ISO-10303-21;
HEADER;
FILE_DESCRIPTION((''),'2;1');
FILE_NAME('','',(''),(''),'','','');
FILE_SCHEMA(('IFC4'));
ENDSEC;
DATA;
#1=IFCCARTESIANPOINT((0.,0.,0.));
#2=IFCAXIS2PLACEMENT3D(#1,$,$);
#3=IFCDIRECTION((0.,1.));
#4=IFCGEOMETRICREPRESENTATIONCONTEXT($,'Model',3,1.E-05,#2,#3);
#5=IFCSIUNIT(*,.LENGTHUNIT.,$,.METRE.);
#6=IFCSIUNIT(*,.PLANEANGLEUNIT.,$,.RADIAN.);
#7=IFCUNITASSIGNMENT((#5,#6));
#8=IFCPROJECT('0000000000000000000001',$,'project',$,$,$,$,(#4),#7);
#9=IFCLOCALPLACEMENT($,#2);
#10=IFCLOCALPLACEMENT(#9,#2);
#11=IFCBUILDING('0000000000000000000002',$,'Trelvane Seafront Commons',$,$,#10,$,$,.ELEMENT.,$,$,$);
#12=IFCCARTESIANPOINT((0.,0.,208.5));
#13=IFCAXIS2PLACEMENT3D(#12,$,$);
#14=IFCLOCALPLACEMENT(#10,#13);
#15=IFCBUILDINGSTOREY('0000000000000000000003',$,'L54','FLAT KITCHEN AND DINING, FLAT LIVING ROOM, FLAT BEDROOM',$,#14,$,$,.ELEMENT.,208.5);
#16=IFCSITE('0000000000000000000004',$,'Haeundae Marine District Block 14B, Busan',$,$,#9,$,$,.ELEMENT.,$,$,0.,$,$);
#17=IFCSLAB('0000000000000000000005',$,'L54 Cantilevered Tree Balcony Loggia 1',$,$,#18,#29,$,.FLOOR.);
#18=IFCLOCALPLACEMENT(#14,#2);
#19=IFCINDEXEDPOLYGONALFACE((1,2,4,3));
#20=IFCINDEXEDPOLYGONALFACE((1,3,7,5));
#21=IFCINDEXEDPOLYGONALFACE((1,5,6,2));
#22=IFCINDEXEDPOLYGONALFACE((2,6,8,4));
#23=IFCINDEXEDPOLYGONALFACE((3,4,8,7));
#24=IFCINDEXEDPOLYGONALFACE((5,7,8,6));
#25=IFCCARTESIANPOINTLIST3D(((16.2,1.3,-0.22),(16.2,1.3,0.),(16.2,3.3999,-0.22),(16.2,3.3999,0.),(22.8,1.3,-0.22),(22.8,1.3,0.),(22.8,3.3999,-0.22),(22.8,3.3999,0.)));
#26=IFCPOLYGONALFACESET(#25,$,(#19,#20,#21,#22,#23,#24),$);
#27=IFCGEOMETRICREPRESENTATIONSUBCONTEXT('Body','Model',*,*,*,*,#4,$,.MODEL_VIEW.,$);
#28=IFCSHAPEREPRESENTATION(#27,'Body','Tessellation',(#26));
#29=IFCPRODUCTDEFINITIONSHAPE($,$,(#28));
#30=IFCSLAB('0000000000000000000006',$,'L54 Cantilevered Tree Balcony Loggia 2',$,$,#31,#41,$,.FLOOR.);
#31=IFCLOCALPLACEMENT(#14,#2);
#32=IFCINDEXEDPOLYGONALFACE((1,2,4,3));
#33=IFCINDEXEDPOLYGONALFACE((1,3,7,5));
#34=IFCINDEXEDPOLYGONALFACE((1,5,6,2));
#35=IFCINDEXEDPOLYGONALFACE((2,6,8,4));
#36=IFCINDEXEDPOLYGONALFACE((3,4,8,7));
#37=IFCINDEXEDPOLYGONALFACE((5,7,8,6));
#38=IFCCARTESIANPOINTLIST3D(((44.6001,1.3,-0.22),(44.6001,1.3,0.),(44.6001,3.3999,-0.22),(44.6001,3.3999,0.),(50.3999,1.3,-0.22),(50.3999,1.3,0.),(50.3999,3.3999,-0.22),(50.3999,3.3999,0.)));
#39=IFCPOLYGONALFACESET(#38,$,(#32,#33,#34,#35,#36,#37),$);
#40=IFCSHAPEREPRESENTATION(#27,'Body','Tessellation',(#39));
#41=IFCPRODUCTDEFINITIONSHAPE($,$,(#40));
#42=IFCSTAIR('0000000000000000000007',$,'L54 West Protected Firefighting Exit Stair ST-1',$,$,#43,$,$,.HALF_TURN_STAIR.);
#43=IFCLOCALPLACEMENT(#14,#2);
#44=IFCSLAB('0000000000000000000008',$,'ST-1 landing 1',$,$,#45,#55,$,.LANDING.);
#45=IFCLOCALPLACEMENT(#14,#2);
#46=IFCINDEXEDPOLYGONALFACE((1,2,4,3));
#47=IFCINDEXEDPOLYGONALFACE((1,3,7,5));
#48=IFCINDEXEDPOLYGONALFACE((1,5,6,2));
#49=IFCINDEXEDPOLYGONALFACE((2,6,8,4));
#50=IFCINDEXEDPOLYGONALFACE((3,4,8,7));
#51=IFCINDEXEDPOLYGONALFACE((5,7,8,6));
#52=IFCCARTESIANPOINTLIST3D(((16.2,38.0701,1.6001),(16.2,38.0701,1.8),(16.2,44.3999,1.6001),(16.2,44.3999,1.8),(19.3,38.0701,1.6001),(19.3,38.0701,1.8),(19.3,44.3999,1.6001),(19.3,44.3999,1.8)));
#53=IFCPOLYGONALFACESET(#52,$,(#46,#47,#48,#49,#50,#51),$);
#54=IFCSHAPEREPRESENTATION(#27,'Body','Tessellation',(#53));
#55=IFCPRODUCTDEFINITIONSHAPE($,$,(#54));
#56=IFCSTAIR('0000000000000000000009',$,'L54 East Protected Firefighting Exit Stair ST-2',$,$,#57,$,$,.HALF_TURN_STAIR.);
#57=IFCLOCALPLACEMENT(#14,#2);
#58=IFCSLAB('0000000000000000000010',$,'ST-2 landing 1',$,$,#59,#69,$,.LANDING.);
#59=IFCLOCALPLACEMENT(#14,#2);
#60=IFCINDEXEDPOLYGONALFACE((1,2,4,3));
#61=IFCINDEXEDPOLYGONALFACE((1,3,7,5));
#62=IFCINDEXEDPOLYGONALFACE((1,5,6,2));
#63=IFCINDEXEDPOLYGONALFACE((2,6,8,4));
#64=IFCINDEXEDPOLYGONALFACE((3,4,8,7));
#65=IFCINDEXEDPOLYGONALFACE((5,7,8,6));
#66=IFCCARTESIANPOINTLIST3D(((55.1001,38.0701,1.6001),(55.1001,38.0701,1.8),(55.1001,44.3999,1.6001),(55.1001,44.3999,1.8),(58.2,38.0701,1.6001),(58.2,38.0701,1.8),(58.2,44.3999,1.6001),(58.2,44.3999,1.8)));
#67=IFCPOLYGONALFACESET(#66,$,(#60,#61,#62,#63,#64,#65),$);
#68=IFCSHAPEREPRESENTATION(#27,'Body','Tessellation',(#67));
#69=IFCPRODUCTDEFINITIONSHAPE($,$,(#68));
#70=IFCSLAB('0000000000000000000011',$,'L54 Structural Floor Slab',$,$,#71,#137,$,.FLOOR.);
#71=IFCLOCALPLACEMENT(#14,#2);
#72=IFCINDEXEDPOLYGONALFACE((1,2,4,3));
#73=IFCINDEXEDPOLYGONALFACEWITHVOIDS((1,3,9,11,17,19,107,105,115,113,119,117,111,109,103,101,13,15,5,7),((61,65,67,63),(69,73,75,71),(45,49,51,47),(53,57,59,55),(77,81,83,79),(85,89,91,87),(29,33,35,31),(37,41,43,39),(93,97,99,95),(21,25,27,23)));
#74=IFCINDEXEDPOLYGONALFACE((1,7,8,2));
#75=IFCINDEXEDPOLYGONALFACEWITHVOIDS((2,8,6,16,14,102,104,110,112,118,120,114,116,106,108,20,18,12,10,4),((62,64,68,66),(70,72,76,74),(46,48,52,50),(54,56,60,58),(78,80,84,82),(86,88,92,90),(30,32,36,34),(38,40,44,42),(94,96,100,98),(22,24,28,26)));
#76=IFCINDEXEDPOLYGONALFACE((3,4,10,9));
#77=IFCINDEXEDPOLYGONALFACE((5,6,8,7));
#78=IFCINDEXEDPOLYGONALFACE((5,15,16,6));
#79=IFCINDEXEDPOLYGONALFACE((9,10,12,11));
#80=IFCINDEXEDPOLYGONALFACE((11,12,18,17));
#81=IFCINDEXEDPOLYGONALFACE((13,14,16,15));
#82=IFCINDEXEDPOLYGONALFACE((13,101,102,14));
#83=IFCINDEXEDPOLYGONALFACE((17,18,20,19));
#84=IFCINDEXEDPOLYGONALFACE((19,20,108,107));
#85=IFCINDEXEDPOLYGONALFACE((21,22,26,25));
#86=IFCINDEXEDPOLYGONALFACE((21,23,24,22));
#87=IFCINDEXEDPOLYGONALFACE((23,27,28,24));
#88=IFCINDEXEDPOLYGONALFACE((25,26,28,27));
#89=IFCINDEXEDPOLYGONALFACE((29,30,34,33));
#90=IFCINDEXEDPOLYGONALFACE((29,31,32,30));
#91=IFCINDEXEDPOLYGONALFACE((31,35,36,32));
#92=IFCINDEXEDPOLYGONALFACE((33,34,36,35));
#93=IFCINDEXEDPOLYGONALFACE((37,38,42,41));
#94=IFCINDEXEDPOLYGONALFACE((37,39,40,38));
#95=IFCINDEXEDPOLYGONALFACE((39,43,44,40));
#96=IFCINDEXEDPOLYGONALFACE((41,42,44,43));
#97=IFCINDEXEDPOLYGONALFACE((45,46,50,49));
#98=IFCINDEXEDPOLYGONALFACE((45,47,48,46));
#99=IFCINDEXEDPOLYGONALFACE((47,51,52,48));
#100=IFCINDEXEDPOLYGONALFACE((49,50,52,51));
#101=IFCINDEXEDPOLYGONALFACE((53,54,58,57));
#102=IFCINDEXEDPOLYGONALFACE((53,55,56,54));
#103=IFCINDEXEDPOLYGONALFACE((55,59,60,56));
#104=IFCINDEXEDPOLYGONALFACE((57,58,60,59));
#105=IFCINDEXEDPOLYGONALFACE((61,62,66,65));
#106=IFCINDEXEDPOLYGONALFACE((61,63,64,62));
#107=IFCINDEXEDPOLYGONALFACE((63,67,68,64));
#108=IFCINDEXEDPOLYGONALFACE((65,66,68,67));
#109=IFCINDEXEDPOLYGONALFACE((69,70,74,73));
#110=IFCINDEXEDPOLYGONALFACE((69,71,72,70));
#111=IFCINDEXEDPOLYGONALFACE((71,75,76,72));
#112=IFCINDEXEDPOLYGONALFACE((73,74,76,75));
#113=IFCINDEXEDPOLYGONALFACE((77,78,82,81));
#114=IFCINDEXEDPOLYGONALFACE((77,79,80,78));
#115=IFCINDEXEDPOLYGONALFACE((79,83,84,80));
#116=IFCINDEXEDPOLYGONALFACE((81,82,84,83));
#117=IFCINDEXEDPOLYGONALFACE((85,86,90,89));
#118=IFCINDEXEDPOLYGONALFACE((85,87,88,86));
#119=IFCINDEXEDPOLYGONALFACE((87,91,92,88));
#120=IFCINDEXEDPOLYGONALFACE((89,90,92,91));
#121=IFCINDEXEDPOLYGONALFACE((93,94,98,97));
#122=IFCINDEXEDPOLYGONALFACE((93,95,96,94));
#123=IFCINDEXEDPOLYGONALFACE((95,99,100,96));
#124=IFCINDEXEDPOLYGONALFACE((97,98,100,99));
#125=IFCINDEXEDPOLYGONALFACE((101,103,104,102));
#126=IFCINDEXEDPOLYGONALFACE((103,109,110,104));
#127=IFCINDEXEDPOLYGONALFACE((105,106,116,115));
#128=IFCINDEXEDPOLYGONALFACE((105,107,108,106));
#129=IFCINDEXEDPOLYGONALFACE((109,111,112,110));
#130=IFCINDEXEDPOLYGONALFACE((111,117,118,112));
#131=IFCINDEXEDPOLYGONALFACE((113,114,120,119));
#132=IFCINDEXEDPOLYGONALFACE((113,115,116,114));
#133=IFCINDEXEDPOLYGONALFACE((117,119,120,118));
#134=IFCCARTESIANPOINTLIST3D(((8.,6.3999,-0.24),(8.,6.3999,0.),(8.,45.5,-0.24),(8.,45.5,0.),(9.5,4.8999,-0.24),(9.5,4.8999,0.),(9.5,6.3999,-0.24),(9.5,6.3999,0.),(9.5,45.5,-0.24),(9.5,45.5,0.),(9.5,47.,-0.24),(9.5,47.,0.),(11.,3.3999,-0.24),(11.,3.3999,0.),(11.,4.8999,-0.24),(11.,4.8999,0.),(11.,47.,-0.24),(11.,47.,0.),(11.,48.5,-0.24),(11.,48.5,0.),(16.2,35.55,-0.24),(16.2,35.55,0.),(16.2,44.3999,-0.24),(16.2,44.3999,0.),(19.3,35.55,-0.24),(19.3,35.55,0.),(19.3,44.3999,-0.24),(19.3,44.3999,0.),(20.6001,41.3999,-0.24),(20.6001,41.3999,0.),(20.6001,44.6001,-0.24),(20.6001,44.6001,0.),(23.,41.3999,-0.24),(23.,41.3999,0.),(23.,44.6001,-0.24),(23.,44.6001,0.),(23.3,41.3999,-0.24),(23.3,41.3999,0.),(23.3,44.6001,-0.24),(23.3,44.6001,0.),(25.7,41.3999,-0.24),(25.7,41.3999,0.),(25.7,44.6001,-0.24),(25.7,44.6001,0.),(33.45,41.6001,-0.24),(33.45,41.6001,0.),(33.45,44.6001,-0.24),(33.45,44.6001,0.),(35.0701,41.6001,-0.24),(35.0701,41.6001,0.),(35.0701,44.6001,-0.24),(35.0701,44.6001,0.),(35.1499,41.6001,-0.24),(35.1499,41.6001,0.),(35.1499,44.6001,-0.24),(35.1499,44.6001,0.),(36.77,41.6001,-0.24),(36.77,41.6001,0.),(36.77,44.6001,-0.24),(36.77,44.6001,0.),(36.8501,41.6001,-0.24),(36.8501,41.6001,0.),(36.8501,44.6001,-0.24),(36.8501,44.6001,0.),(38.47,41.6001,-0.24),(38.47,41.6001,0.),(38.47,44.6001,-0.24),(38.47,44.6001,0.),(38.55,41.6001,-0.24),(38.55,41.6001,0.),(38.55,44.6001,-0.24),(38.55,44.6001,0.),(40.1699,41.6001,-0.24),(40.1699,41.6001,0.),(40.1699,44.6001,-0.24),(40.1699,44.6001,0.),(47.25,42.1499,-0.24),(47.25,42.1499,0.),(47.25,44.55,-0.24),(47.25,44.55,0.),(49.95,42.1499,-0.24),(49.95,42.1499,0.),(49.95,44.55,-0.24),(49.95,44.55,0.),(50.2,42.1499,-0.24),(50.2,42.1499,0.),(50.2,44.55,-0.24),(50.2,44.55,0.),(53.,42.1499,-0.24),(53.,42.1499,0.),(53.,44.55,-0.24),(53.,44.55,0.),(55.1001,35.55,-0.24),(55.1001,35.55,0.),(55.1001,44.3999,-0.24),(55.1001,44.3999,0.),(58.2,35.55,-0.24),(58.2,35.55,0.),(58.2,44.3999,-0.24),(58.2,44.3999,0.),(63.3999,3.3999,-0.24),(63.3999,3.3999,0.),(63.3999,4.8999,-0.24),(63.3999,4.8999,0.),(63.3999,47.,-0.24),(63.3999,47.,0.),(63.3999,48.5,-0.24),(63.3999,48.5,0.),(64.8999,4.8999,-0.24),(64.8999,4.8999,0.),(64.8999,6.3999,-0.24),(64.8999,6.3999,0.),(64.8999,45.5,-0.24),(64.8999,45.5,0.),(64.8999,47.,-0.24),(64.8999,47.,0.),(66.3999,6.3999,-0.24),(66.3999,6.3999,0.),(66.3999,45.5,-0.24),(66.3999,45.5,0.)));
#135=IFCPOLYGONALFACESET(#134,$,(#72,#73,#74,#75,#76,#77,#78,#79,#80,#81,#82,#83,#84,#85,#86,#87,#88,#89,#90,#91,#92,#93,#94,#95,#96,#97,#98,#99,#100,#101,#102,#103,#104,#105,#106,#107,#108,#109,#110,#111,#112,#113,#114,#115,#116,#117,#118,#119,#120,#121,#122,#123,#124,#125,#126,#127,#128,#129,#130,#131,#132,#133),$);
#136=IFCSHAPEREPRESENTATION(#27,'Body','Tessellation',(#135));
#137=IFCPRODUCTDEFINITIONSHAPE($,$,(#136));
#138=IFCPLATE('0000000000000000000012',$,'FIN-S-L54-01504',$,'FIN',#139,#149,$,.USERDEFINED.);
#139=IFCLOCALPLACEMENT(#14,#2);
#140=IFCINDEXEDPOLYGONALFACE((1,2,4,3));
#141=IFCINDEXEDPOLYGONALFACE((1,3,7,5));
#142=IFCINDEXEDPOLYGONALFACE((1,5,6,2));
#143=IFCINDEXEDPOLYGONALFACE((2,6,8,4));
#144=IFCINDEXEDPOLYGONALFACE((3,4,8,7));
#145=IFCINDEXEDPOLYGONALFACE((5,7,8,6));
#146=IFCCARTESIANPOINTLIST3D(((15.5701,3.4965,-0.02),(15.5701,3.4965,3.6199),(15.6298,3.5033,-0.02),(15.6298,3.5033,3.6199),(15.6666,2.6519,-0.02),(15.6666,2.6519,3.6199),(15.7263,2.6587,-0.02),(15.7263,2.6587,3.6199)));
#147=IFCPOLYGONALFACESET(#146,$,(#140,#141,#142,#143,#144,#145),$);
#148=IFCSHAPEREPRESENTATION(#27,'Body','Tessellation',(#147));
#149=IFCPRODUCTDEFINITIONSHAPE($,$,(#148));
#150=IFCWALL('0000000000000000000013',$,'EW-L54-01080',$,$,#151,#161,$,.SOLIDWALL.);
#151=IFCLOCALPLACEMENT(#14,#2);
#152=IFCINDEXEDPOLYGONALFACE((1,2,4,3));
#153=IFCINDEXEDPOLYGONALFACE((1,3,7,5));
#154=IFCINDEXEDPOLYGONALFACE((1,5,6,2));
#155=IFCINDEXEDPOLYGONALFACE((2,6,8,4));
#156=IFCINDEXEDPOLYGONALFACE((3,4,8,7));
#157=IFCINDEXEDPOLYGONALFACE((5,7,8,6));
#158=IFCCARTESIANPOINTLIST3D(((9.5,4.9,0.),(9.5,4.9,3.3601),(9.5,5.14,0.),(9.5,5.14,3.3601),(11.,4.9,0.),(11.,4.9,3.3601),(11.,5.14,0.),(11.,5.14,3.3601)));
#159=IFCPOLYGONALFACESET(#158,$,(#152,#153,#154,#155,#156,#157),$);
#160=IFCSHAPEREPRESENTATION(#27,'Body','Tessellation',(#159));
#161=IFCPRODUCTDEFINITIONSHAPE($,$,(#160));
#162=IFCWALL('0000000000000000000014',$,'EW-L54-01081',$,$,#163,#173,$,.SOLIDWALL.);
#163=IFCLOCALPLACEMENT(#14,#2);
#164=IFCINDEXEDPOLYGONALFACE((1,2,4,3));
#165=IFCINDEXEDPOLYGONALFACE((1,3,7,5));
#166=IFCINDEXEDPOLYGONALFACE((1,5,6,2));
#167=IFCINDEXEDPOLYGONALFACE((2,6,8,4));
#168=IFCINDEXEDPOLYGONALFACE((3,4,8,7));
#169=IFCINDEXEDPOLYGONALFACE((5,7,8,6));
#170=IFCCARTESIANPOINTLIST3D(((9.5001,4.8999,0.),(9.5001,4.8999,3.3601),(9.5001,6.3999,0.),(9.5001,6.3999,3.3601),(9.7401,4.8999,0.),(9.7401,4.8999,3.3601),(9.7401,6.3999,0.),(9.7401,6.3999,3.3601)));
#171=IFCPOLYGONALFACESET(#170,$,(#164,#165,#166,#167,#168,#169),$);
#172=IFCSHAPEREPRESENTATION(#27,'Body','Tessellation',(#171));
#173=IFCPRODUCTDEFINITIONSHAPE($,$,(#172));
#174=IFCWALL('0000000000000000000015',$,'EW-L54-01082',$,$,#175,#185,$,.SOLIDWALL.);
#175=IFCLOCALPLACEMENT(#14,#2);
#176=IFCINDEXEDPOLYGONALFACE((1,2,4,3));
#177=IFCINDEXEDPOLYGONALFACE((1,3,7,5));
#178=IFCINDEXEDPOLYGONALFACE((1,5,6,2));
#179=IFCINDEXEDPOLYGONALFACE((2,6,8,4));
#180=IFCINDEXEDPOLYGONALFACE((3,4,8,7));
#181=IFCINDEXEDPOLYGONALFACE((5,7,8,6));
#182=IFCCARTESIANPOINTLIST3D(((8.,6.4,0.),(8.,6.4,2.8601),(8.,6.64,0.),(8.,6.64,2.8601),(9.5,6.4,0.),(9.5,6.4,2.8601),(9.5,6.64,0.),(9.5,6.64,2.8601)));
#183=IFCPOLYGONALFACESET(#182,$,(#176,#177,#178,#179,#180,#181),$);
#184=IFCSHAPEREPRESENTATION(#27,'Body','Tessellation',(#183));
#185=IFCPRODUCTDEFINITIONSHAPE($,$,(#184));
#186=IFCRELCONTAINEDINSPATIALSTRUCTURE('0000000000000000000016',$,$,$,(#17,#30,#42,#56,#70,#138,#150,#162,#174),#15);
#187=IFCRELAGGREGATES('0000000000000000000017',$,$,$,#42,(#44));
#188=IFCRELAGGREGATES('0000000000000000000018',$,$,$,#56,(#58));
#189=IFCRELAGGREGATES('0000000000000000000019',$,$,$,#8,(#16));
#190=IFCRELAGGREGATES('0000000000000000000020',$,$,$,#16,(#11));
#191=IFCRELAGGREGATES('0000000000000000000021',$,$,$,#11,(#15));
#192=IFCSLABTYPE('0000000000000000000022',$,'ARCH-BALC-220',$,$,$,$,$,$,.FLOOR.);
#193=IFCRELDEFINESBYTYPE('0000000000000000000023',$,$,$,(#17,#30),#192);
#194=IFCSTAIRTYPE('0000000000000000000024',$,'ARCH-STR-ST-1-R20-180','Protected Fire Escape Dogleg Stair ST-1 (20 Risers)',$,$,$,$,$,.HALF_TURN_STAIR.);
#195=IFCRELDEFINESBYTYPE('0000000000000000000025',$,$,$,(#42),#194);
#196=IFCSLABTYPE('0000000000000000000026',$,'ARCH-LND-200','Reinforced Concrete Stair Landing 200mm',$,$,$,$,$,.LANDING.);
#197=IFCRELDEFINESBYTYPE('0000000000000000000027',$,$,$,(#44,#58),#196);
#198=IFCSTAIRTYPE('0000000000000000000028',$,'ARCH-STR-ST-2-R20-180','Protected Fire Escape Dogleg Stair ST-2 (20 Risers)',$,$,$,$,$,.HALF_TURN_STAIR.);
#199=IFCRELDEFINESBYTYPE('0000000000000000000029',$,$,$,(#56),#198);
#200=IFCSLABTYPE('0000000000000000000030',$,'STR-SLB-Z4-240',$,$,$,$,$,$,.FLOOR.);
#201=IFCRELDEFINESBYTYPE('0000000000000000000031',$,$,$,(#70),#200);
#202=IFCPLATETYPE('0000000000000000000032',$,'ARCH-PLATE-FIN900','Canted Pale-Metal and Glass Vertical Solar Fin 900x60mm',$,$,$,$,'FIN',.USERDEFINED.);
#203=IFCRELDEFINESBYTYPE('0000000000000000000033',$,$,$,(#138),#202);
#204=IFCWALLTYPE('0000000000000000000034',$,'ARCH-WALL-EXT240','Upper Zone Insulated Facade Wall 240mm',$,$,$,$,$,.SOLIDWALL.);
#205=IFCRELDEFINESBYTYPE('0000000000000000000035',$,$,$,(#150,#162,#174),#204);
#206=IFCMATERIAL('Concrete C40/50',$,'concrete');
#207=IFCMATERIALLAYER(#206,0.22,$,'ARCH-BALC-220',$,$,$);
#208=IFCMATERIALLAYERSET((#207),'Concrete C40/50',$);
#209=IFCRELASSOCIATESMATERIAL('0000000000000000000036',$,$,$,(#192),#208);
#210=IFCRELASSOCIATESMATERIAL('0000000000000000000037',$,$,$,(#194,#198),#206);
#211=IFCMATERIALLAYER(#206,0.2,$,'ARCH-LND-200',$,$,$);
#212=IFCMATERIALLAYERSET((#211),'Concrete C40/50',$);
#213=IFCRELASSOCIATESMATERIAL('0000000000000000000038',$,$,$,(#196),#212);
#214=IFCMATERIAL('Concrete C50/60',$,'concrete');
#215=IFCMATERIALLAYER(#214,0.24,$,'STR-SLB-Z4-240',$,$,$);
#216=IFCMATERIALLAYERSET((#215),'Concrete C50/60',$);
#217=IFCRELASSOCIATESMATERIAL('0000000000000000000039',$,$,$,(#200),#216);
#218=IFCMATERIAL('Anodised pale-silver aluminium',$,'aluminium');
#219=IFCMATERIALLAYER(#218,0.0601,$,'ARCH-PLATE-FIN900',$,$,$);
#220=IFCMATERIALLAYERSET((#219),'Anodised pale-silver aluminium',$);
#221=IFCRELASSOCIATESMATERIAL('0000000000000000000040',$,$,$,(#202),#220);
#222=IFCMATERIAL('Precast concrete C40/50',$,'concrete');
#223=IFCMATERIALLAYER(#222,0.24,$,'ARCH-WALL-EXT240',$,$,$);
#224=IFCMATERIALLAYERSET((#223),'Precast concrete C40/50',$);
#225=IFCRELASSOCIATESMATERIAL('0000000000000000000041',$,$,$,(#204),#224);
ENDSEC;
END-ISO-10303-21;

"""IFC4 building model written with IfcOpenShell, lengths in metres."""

from ifc_helpers import new_model, si_unit, direction, frame, frame_2d, origin, origin_2d, place, context, subcontext, project, spatial, polyline, rectangle, outline, extrude, source, transform, mapped, material, layer, layer_set, type_object, element, aggregate, save


model = new_model("IFC4")

# Units and contexts
model_context = context("Model", 3, precision=1e-05, world=origin(), true_north=direction((0.0, 1.0)))
body_context = subcontext(model_context, "Body", "Model", "MODEL_VIEW")
ifc_project = project(units=[si_unit("LENGTHUNIT", "METRE"), si_unit("PLANEANGLEUNIT", "RADIAN")], contexts=[model_context])

# Site, building, storey
site_placement = place(None, origin())
site = spatial("IfcSite", under=ifc_project, at=site_placement, Name="Haeundae Marine District Block 14B, Busan", CompositionType="ELEMENT", RefElevation=0.0)
building_placement = place(site_placement, origin())
building = spatial("IfcBuilding", under=site, at=building_placement, Name="Trelvane Seafront Commons", CompositionType="ELEMENT")
storey_placement = place(building_placement, frame((0.0, 0.0, 208.5)))
storey = spatial("IfcBuildingStorey", under=building, at=storey_placement, Name="L54", Description="FLAT KITCHEN AND DINING, FLAT LIVING ROOM, FLAT BEDROOM", CompositionType="ELEMENT", Elevation=208.5)

# Slabs
ifc_material_1 = material(Name="Concrete C40/50", Category="concrete")
ifc_layer_1 = layer(ifc_material_1, 0.22, Name="ARCH-BALC-220")
ifc_layer_set_1 = layer_set([ifc_layer_1], Name="Concrete C40/50")
slab_type_1 = type_object("IfcSlabType", Name="ARCH-BALC-220", PredefinedType="FLOOR", material=ifc_layer_set_1)
slab_1_placement = place(storey_placement, frame((0.0, 0.0, -0.22)))
element("IfcSlab", 1, at=slab_1_placement, inside=storey, type_object=slab_type_1, Name="L54 Cantilevered Tree Balcony Loggia 1", PredefinedType="FLOOR", context=body_context, shape_type="SweptSolid", body=[
    extrude(outline(polyline([(16.2, 1.3), (22.8, 1.3), (22.8, 3.3999), (16.2, 3.3999), (16.2, 1.3)])), origin(), (0.0, 0.0, 1.0), 0.22),
])
slab_2_placement = place(storey_placement, frame((0.0, 0.0, -0.22)))
element("IfcSlab", 2, at=slab_2_placement, inside=storey, type_object=slab_type_1, Name="L54 Cantilevered Tree Balcony Loggia 2", PredefinedType="FLOOR", context=body_context, shape_type="SweptSolid", body=[
    extrude(outline(polyline([(44.6001, 1.3), (50.3999, 1.3), (50.3999, 3.3999), (44.6001, 3.3999), (44.6001, 1.3)])), origin(), (0.0, 0.0, 1.0), 0.22),
])

# Stairs, slabs
stair_type_1 = type_object("IfcStairType", Name="ARCH-STR-ST-1-R20-180", Description="Protected Fire Escape Dogleg Stair ST-1 (20 Risers)", PredefinedType="HALF_TURN_STAIR", material=ifc_material_1)
stair_1_placement = place(storey_placement, origin())
stair_1 = element("IfcStair", 3, at=stair_1_placement, inside=storey, type_object=stair_type_1, Name="L54 West Protected Firefighting Exit Stair ST-1", PredefinedType="HALF_TURN_STAIR")
ifc_layer_2 = layer(ifc_material_1, 0.2, Name="ARCH-LND-200")
ifc_layer_set_2 = layer_set([ifc_layer_2], Name="Concrete C40/50")
slab_type_2 = type_object("IfcSlabType", Name="ARCH-LND-200", Description="Reinforced Concrete Stair Landing 200mm", PredefinedType="LANDING", material=ifc_layer_set_2)
slab_3_placement = place(storey_placement, frame((0.0, 0.0, 1.6001)))
slab_3 = element("IfcSlab", 4, at=slab_3_placement, type_object=slab_type_2, Name="ST-1 landing 1", PredefinedType="LANDING", context=body_context, shape_type="SweptSolid", body=[
    extrude(outline(polyline([(19.3, 38.0701), (19.3, 44.3999), (16.2, 44.3999), (16.2, 38.0701), (19.3, 38.0701)])), origin(), (0.0, 0.0, 1.0), 0.2),
])
aggregate(stair_1, [slab_3])
stair_type_2 = type_object("IfcStairType", Name="ARCH-STR-ST-2-R20-180", Description="Protected Fire Escape Dogleg Stair ST-2 (20 Risers)", PredefinedType="HALF_TURN_STAIR", material=ifc_material_1)
stair_2_placement = place(storey_placement, origin())
stair_2 = element("IfcStair", 5, at=stair_2_placement, inside=storey, type_object=stair_type_2, Name="L54 East Protected Firefighting Exit Stair ST-2", PredefinedType="HALF_TURN_STAIR")
slab_4_placement = place(storey_placement, frame((0.0, 0.0, 1.6001)))
slab_4 = element("IfcSlab", 6, at=slab_4_placement, type_object=slab_type_2, Name="ST-2 landing 1", PredefinedType="LANDING", context=body_context, shape_type="SweptSolid", body=[
    extrude(outline(polyline([(58.2, 38.0701), (58.2, 44.3999), (55.1001, 44.3999), (55.1001, 38.0701), (58.2, 38.0701)])), origin(), (0.0, 0.0, 1.0), 0.2),
])
aggregate(stair_2, [slab_4])

# Slab
ifc_material_2 = material(Name="Concrete C50/60", Category="concrete")
ifc_layer_3 = layer(ifc_material_2, 0.24, Name="STR-SLB-Z4-240")
ifc_layer_set_3 = layer_set([ifc_layer_3], Name="Concrete C50/60")
slab_type_3 = type_object("IfcSlabType", Name="STR-SLB-Z4-240", PredefinedType="FLOOR", material=ifc_layer_set_3)
slab_5_placement = place(storey_placement, frame((0.0, 0.0, -0.24)))
element("IfcSlab", 7, at=slab_5_placement, inside=storey, type_object=slab_type_3, Name="L54 Structural Floor Slab", PredefinedType="FLOOR", context=body_context, shape_type="SweptSolid", body=[
    extrude(outline(polyline([(11.0, 3.3999), (63.3999, 3.3999), (63.3999, 4.8999), (64.8999, 4.8999), (64.8999, 6.3999), (66.3999, 6.3999), (66.3999, 45.5), (64.8999, 45.5), (64.8999, 47.0), (63.3999, 47.0), (63.3999, 48.5), (11.0, 48.5), (11.0, 47.0), (9.5, 47.0), (9.5, 45.5), (8.0, 45.5), (8.0, 6.3999), (9.5, 6.3999), (9.5, 4.8999), (11.0, 4.8999), (11.0, 3.3999)]), holes=[polyline([(19.3, 35.55), (16.2, 35.55), (16.2, 44.3999), (19.3, 44.3999), (19.3, 35.55)]), polyline([(58.2, 35.55), (55.1001, 35.55), (55.1001, 44.3999), (58.2, 44.3999), (58.2, 35.55)]), polyline([(23.0, 41.3999), (20.6001, 41.3999), (20.6001, 44.6001), (23.0, 44.6001), (23.0, 41.3999)]), polyline([(23.3, 41.3999), (23.3, 44.6001), (25.7, 44.6001), (25.7, 41.3999), (23.3, 41.3999)]), polyline([(33.45, 41.6001), (33.45, 44.6001), (35.0701, 44.6001), (35.0701, 41.6001), (33.45, 41.6001)]), polyline([(36.77, 41.6001), (35.1499, 41.6001), (35.1499, 44.6001), (36.77, 44.6001), (36.77, 41.6001)]), polyline([(38.47, 41.6001), (36.8501, 41.6001), (36.8501, 44.6001), (38.47, 44.6001), (38.47, 41.6001)]), polyline([(40.1699, 41.6001), (38.55, 41.6001), (38.55, 44.6001), (40.1699, 44.6001), (40.1699, 41.6001)]), polyline([(47.25, 42.1499), (47.25, 44.55), (49.95, 44.55), (49.95, 42.1499), (47.25, 42.1499)]), polyline([(50.2, 42.1499), (50.2, 44.55), (53.0, 44.55), (53.0, 42.1499), (50.2, 42.1499)])]), origin(), (0.0, 0.0, 1.0), 0.24),
])

# Plate
ifc_material_3 = material(Name="Anodised pale-silver aluminium", Category="aluminium")
ifc_layer_4 = layer(ifc_material_3, 0.0601, Name="ARCH-PLATE-FIN900")
ifc_layer_set_4 = layer_set([ifc_layer_4], Name="Anodised pale-silver aluminium")
plate_type = type_object("IfcPlateType", Name="ARCH-PLATE-FIN900", Description="Canted Pale-Metal and Glass Vertical Solar Fin 900x60mm", ElementType="FIN", PredefinedType="USERDEFINED", material=ifc_layer_set_4)
shared_shape_1 = source(origin(), body_context, "Body", "SweptSolid", [
    extrude(rectangle(XDim=0.8501, YDim=0.0601, at=origin_2d()), origin(), (0.0, 0.0, 1.0), 3.6399),
])
plate_placement = place(storey_placement, frame((15.6482, 3.0776, -0.02), z_axis=(0.0, 0.0, 1.0), x_axis=(0.113529, -0.993535, 0.0)))
element("IfcPlate", 8, at=plate_placement, inside=storey, type_object=plate_type, Name="FIN-S-L54-01504", ObjectType="FIN", PredefinedType="USERDEFINED", context=body_context, shape_type="MappedRepresentation", body=[
    mapped(shared_shape_1, transform((0.0, 0.0, 0.0), x_axis=(1.0, 0.0, 0.0), y_axis=(0.0, 1.0, 0.0), z_axis=(0.0, 0.0, 1.0), scale=1.0)),
])

# Walls
ifc_material_4 = material(Name="Precast concrete C40/50", Category="concrete")
ifc_layer_5 = layer(ifc_material_4, 0.24, Name="ARCH-WALL-EXT240")
ifc_layer_set_5 = layer_set([ifc_layer_5], Name="Precast concrete C40/50")
wall_type_1 = type_object("IfcWallType", Name="ARCH-WALL-EXT240", Description="Upper Zone Insulated Facade Wall 240mm", PredefinedType="SOLIDWALL", material=ifc_layer_set_5)
for number, where, z_axis, x_axis, name in (
    (9, (11.0, 5.02, 0.0), (0.0, 0.0, 1.0), (-1.0, 0.0, 0.0), "EW-L54-01080"),
    (10, (9.6201, 4.8999, 0.0), (0.0, 0.0, 1.0), (0.0, 1.0, 0.0), "EW-L54-01081"),
):
    element("IfcWall", number, at=place(storey_placement, frame(where, z_axis=z_axis, x_axis=x_axis)), inside=storey, type_object=wall_type_1, Name=name, PredefinedType="SOLIDWALL", context=body_context, shape_type="SweptSolid", body=[
        extrude(rectangle(XDim=1.5, YDim=0.24, at=frame_2d((0.75, 0.0))), origin(), (0.0, 0.0, 1.0), 3.3601),
    ])
wall_1_placement = place(storey_placement, frame((9.5, 6.52, 0.0), z_axis=(0.0, 0.0, 1.0), x_axis=(-1.0, 0.0, 0.0)))
element("IfcWall", 11, at=wall_1_placement, inside=storey, type_object=wall_type_1, Name="EW-L54-01082", PredefinedType="SOLIDWALL", context=body_context, shape_type="SweptSolid", body=[
    extrude(rectangle(XDim=1.5, YDim=0.24, at=frame_2d((0.75, 0.0))), origin(), (0.0, 0.0, 1.0), 2.8601),
])

save(model, "model.ifc")
